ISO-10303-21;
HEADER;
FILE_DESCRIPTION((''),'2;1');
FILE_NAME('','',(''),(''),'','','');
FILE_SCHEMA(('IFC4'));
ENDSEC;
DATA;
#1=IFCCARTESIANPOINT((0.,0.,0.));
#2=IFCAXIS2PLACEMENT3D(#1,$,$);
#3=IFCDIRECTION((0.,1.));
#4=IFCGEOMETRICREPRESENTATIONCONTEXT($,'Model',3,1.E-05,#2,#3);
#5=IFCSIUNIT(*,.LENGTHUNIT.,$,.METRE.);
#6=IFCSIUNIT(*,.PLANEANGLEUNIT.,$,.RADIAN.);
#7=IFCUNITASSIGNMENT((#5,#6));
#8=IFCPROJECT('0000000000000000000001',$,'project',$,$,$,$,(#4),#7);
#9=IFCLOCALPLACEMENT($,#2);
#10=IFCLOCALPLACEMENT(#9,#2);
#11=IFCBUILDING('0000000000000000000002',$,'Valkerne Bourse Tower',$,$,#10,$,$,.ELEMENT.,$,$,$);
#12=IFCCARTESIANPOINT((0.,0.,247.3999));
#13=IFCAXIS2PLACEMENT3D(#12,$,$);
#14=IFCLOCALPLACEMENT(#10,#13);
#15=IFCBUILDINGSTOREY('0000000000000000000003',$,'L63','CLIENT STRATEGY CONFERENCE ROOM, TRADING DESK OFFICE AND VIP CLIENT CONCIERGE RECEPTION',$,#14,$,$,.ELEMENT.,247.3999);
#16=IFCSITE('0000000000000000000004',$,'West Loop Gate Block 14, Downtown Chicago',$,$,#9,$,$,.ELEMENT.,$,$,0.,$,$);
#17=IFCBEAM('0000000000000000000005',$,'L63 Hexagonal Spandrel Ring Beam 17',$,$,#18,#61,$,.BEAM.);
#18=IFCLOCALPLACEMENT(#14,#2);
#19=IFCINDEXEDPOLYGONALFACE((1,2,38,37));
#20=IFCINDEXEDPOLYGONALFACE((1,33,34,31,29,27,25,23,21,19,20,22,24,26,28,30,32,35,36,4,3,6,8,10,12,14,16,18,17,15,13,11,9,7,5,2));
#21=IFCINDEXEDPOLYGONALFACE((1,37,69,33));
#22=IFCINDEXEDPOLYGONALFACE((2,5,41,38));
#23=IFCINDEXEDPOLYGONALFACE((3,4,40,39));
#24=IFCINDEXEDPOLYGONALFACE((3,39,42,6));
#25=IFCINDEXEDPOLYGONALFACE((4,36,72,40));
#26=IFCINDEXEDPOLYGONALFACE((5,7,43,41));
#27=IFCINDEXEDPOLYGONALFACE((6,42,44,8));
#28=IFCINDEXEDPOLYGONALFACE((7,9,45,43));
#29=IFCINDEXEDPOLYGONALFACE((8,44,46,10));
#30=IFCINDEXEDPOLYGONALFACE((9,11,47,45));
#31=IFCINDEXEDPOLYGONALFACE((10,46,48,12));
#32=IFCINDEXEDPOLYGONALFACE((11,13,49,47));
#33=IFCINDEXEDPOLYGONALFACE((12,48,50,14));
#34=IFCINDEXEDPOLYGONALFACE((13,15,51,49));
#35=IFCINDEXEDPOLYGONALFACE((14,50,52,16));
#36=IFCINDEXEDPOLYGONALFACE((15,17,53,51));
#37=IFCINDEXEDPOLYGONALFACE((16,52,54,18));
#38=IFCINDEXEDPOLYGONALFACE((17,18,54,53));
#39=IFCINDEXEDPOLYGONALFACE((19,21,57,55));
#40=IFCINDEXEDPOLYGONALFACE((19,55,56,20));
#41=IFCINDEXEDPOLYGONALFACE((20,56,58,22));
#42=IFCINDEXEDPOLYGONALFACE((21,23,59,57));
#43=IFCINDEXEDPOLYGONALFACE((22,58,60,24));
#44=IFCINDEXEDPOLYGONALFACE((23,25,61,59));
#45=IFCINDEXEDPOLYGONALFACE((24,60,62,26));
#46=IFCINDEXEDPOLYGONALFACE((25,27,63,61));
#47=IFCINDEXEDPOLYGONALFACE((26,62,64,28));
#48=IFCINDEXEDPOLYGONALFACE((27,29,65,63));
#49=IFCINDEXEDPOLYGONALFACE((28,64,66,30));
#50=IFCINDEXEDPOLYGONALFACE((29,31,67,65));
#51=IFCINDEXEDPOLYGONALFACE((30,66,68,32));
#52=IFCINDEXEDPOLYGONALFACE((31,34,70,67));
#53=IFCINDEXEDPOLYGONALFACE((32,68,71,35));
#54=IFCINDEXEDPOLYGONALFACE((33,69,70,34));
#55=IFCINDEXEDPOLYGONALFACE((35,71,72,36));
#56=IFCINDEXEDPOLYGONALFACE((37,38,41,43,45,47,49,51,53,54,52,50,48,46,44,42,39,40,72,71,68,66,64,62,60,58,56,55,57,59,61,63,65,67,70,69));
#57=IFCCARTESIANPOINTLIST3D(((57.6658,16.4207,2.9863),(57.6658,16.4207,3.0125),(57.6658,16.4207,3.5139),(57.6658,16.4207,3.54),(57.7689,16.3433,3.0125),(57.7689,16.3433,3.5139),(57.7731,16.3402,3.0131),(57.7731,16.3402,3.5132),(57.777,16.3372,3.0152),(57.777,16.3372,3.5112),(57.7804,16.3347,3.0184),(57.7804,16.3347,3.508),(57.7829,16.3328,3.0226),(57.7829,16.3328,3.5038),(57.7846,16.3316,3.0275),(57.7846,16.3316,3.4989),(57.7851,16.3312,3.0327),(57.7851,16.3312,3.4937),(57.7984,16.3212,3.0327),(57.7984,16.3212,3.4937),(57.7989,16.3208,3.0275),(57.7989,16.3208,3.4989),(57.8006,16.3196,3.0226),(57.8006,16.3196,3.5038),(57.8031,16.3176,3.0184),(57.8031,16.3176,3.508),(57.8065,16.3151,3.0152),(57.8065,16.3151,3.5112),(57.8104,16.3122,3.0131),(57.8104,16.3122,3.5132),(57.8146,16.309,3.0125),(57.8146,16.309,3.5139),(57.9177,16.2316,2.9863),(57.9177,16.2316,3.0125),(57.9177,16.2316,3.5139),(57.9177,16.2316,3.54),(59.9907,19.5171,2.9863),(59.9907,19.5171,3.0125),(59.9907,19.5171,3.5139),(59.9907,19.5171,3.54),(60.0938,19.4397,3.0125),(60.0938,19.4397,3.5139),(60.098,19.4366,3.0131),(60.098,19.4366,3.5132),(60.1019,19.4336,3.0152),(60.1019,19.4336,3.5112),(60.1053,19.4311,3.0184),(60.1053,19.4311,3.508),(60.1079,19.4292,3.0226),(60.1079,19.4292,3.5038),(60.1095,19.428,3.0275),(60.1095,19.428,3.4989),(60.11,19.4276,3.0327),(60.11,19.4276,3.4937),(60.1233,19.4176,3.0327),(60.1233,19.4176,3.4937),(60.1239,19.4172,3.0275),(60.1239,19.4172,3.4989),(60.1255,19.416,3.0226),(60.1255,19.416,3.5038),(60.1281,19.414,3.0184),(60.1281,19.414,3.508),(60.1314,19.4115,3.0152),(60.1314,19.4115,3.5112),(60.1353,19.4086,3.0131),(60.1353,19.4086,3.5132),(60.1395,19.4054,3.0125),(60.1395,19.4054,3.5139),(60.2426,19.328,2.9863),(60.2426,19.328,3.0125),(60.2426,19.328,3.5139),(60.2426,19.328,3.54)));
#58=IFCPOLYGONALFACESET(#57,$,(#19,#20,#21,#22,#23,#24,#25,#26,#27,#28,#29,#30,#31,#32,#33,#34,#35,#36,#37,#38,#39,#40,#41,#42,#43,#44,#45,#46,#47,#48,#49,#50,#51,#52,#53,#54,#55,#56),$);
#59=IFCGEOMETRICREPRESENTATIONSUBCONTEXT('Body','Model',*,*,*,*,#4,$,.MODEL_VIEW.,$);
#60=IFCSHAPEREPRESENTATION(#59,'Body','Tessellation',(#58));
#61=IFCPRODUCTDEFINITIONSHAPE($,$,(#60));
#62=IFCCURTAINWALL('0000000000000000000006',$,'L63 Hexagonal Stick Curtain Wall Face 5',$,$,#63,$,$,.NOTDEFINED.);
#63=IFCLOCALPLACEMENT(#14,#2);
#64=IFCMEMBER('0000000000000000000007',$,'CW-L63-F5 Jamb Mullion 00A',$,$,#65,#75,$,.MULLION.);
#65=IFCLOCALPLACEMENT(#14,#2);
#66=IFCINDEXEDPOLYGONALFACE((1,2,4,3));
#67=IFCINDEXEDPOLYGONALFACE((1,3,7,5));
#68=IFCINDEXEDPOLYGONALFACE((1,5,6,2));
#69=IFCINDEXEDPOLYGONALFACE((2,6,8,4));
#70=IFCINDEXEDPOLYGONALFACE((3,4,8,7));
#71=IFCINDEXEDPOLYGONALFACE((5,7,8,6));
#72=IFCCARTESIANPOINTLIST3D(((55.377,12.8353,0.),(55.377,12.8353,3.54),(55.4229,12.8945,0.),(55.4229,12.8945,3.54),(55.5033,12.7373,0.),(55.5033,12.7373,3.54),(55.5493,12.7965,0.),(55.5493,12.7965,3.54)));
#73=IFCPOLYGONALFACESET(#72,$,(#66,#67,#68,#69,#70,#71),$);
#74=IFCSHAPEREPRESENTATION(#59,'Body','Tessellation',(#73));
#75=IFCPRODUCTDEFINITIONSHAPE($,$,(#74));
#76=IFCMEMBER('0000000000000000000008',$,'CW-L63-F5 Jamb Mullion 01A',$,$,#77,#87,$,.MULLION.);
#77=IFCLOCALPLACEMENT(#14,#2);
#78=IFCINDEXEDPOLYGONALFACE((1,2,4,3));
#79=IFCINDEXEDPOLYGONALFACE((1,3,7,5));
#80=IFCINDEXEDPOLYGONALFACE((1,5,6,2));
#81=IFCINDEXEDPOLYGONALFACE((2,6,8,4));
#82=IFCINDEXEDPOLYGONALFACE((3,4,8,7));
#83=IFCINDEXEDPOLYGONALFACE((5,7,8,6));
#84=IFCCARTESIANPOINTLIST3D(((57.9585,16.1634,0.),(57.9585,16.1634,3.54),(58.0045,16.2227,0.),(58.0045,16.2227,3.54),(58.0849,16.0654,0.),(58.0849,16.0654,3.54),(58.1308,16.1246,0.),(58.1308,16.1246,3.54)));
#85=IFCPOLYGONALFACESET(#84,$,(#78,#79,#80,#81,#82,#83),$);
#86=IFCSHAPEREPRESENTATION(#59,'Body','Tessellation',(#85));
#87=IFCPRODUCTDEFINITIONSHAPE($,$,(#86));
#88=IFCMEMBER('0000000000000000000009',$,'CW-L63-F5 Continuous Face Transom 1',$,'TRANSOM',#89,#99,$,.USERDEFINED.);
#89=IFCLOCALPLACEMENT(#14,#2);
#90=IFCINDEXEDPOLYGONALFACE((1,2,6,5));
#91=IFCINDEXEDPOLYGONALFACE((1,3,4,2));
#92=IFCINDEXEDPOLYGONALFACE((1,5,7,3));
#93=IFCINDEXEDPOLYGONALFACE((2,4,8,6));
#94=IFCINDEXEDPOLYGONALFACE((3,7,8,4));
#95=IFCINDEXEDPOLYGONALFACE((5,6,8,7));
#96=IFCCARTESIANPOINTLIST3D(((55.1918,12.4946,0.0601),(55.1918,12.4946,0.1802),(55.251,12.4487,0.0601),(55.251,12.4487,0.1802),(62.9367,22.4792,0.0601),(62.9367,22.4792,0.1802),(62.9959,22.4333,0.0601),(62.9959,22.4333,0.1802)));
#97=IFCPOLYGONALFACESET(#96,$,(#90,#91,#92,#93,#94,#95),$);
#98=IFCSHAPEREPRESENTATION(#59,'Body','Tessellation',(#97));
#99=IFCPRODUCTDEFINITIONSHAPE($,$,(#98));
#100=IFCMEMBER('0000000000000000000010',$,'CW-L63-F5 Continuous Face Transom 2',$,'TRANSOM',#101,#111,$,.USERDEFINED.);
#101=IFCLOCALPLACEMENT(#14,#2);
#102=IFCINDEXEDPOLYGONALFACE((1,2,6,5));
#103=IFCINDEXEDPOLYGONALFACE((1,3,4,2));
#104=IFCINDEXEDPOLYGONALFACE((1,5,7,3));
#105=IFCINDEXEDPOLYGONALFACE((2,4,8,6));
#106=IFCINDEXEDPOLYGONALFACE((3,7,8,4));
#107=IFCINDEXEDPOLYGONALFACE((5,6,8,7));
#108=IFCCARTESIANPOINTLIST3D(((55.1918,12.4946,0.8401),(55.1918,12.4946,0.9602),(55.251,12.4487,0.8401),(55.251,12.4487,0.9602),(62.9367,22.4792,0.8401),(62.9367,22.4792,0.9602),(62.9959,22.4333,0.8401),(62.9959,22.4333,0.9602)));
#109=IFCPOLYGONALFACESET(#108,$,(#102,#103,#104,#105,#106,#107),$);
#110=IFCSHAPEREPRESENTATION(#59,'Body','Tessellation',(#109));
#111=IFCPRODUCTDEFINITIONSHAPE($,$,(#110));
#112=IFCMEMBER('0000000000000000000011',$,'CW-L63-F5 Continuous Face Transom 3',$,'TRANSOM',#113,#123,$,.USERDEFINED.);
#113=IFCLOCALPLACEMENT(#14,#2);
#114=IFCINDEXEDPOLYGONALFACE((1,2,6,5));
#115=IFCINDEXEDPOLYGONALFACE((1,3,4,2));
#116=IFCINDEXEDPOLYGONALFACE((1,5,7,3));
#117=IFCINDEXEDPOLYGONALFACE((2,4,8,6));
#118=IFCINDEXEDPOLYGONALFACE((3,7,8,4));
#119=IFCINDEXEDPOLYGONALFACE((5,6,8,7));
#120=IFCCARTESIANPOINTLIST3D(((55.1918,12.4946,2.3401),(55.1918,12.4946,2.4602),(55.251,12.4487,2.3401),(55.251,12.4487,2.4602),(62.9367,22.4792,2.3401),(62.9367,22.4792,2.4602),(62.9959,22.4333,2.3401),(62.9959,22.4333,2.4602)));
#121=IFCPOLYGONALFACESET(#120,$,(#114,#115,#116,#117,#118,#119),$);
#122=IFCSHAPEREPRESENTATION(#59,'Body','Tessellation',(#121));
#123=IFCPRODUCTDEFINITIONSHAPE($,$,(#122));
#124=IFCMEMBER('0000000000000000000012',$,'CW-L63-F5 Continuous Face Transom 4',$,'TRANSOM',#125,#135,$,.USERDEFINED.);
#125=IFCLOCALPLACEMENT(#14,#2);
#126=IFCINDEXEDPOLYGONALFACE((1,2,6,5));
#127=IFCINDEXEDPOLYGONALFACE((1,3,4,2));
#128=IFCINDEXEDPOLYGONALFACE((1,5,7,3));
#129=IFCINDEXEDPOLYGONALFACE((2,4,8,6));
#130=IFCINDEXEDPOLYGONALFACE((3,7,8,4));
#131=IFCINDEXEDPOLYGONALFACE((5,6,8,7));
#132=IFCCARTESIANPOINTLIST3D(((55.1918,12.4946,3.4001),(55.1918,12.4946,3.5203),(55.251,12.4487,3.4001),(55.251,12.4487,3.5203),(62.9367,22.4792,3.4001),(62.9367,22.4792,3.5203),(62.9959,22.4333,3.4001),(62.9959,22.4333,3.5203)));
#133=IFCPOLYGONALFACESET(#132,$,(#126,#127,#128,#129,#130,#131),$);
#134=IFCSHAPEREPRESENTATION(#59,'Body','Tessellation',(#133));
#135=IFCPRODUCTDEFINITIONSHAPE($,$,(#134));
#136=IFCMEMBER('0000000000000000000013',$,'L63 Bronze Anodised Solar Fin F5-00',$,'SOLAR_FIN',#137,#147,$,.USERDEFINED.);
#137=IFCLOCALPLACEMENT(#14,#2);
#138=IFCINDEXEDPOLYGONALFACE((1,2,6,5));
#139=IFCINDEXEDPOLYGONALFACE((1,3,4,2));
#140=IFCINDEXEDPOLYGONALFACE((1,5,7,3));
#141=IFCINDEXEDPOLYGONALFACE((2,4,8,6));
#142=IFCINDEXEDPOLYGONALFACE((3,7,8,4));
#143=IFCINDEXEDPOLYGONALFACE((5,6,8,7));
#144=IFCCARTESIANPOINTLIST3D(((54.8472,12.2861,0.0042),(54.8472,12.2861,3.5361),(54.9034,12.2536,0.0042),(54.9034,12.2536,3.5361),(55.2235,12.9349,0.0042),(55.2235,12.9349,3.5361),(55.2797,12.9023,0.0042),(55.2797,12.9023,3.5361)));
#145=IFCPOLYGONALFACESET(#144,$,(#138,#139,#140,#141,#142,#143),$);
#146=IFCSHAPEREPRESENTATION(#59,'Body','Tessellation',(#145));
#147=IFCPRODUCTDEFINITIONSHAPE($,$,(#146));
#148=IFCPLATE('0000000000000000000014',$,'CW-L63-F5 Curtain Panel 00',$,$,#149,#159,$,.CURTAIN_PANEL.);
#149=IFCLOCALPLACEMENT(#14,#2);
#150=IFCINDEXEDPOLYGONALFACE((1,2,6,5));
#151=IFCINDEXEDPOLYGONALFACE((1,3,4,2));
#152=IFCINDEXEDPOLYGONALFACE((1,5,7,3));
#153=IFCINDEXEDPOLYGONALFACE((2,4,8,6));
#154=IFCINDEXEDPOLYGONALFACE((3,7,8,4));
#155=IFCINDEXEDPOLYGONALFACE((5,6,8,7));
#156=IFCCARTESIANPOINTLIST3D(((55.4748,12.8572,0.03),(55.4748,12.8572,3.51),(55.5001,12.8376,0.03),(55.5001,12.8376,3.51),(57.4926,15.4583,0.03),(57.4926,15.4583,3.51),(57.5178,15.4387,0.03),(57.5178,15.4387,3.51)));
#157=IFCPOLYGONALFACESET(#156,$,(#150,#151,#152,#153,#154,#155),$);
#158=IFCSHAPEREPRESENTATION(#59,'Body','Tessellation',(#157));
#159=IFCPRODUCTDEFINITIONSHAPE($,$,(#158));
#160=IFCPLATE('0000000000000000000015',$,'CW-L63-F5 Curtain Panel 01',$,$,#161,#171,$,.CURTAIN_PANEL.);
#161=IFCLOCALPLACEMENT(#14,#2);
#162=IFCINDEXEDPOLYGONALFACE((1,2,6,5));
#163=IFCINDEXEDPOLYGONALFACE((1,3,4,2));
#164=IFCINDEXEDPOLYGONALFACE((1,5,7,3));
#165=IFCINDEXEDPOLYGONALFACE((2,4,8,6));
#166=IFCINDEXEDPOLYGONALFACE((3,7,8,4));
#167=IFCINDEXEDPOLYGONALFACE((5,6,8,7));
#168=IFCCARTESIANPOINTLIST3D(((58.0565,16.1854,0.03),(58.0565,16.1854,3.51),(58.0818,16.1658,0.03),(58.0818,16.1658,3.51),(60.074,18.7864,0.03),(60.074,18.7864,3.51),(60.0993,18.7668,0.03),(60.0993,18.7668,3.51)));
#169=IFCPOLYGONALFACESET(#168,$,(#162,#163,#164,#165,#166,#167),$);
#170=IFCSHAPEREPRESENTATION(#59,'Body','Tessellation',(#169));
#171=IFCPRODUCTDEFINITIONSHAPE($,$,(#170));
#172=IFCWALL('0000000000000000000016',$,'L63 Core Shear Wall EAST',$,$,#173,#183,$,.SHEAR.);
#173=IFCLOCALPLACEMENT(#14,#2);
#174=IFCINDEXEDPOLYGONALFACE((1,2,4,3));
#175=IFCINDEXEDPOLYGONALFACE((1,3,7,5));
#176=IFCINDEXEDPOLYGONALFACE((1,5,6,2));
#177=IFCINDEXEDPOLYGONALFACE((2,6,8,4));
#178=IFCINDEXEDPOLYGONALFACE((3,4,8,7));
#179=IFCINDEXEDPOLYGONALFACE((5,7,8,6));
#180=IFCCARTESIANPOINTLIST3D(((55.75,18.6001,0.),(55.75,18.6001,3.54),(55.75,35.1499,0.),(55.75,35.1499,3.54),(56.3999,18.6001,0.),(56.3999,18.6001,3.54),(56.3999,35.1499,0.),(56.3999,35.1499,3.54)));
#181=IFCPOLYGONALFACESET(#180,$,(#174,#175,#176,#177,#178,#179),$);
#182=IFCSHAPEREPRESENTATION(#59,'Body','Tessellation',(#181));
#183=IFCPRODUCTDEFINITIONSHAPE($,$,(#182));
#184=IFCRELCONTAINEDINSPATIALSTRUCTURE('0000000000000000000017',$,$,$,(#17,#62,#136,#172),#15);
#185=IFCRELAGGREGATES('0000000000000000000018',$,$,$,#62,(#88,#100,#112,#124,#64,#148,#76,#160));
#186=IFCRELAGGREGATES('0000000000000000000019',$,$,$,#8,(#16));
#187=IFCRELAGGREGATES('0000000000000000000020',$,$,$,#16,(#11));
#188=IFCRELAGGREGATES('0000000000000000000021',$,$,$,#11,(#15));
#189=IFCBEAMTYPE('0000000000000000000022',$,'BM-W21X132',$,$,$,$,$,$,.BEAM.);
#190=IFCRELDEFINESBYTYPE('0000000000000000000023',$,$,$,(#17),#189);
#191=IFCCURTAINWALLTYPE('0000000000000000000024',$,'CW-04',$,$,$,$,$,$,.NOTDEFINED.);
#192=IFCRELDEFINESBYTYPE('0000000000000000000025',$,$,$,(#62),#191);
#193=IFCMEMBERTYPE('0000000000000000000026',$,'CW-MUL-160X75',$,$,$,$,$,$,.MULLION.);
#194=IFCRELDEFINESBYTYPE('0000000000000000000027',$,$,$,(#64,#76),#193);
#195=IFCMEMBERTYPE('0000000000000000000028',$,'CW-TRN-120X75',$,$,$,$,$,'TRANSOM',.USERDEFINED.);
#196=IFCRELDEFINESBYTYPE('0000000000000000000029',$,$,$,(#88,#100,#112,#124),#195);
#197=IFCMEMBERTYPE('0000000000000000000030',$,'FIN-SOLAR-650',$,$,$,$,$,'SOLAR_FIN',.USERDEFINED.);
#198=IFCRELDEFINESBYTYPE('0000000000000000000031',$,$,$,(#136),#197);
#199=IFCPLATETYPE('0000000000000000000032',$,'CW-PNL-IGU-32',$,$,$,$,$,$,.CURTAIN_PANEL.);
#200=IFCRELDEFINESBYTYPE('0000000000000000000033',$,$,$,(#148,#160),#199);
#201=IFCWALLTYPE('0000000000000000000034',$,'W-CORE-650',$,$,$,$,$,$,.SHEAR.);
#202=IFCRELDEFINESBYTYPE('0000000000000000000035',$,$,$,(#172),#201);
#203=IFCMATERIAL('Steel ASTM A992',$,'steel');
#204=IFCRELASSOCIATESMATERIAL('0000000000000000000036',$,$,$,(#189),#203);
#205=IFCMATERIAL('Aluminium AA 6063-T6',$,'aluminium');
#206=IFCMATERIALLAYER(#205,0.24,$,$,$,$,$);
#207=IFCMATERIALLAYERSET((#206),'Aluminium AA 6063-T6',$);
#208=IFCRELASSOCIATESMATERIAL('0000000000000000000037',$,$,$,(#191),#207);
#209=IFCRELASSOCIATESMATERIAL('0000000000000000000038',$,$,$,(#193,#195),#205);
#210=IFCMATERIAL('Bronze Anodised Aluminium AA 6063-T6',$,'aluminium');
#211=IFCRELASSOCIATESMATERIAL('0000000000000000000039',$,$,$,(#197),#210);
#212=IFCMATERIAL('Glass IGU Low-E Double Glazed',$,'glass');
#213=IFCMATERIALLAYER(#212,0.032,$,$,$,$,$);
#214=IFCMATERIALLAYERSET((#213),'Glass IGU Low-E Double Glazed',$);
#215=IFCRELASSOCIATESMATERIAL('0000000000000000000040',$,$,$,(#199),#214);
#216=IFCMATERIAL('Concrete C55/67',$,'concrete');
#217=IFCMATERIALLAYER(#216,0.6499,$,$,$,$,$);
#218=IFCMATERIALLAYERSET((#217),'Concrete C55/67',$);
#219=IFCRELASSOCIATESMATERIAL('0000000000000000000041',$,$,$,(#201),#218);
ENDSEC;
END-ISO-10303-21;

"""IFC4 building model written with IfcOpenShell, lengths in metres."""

from ifc_helpers import new_model, si_unit, direction, frame, frame_2d, origin, origin_2d, place, context, subcontext, project, spatial, rectangle, i_section, extrude, material, layer, layer_set, material_profile, profile_set, type_object, element, aggregate, save


model = new_model("IFC4")

# Units and contexts
model_context = context("Model", 3, precision=1e-05, world=origin(), true_north=direction((0.0, 1.0)))
body_context = subcontext(model_context, "Body", "Model", "MODEL_VIEW")
ifc_project = project(units=[si_unit("LENGTHUNIT", "METRE"), si_unit("PLANEANGLEUNIT", "RADIAN")], contexts=[model_context])

# Site, building, storey
site_placement = place(None, origin())
site = spatial("IfcSite", under=ifc_project, at=site_placement, Name="West Loop Gate Block 14, Downtown Chicago", CompositionType="ELEMENT", RefElevation=0.0)
building_placement = place(site_placement, origin())
building = spatial("IfcBuilding", under=site, at=building_placement, Name="Valkerne Bourse Tower", CompositionType="ELEMENT")
storey_placement = place(building_placement, frame((0.0, 0.0, 247.3999)))
storey = spatial("IfcBuildingStorey", under=building, at=storey_placement, Name="L63", Description="CLIENT STRATEGY CONFERENCE ROOM, TRADING DESK OFFICE AND VIP CLIENT CONCIERGE RECEPTION", CompositionType="ELEMENT", Elevation=247.3999)

# Beam
ifc_material_1 = material(Name="Steel ASTM A992", Category="steel")
ifc_material_profile_1 = material_profile(ifc_material_1, i_section(OverallWidth=0.3149, OverallDepth=0.5537, WebThickness=0.0166, FlangeThickness=0.0261, FilletRadius=0.0203, at=origin_2d()), Name="W21X132")
ifc_profile_set_1 = profile_set([ifc_material_profile_1], Name="Steel ASTM A992")
beam_type = type_object("IfcBeamType", Name="BM-W21X132", PredefinedType="BEAM", material=ifc_profile_set_1)
beam_1_placement = place(storey_placement, frame((57.7917, 16.3262, 3.2632), z_axis=(0.600434, 0.799675, 0.0), x_axis=(-0.799675, 0.600434, 0.0)))
element("IfcBeam", 1, at=beam_1_placement, inside=storey, type_object=beam_type, Name="L63 Hexagonal Spandrel Ring Beam 17", PredefinedType="BEAM", context=body_context, shape_type="SweptSolid", body=[
    extrude(i_section(OverallWidth=0.3149, OverallDepth=0.5537, WebThickness=0.0166, FlangeThickness=0.0261, FilletRadius=0.0203, at=origin_2d()), origin(), (0.0, 0.0, 1.0), 3.8721),
])

# Curtain wall, members
ifc_material_2 = material(Name="Aluminium AA 6063-T6", Category="aluminium")
ifc_layer_1 = layer(ifc_material_2, 0.24)
ifc_layer_set_1 = layer_set([ifc_layer_1], Name="Aluminium AA 6063-T6")
curtain_wall_type = type_object("IfcCurtainWallType", Name="CW-04", PredefinedType="NOTDEFINED", material=ifc_layer_set_1)
curtain_wall_placement = place(storey_placement, origin())
curtain_wall = element("IfcCurtainWall", 2, at=curtain_wall_placement, inside=storey, type_object=curtain_wall_type, Name="L63 Hexagonal Stick Curtain Wall Face 5", PredefinedType="NOTDEFINED")
ifc_material_profile_2 = material_profile(ifc_material_2, rectangle(XDim=0.075, YDim=0.1599, at=origin_2d()), Name="CWM-75X160")
ifc_profile_set_2 = profile_set([ifc_material_profile_2], Name="Aluminium AA 6063-T6")
member_type_1 = type_object("IfcMemberType", Name="CW-MUL-160X75", PredefinedType="MULLION", material=ifc_profile_set_2)
member_1_placement = place(storey_placement, frame((55.4631, 12.8159, 0.0), z_axis=(0.0, 0.0, 1.0), x_axis=(0.612916, 0.790148, 0.0)))
member_1 = element("IfcMember", 3, at=member_1_placement, type_object=member_type_1, Name="CW-L63-F5 Jamb Mullion 00A", PredefinedType="MULLION", context=body_context, shape_type="SweptSolid", body=[
    extrude(rectangle(XDim=0.075, YDim=0.1599, at=origin_2d()), origin(), (0.0, 0.0, 1.0), 3.54),
])
member_2_placement = place(storey_placement, frame((58.0447, 16.144, 0.0), z_axis=(0.0, 0.0, 1.0), x_axis=(0.612901, 0.790159, 0.0)))
member_2 = element("IfcMember", 4, at=member_2_placement, type_object=member_type_1, Name="CW-L63-F5 Jamb Mullion 01A", PredefinedType="MULLION", context=body_context, shape_type="SweptSolid", body=[
    extrude(rectangle(XDim=0.075, YDim=0.1599, at=origin_2d()), origin(), (0.0, 0.0, 1.0), 3.54),
])
ifc_material_profile_3 = material_profile(ifc_material_2, rectangle(XDim=0.075, YDim=0.1201, at=origin_2d()), Name="CWT-75X120")
ifc_profile_set_3 = profile_set([ifc_material_profile_3], Name="Aluminium AA 6063-T6")
member_type_2 = type_object("IfcMemberType", Name="CW-TRN-120X75", ElementType="TRANSOM", PredefinedType="USERDEFINED", material=ifc_profile_set_3)
member_3_placement = place(storey_placement, frame((55.2214, 12.4717, 0.1201), z_axis=(0.612907, 0.790155, 0.0), x_axis=(-0.790155, 0.612907, 0.0)))
member_3 = element("IfcMember", 5, at=member_3_placement, type_object=member_type_2, Name="CW-L63-F5 Continuous Face Transom 1", ObjectType="TRANSOM", PredefinedType="USERDEFINED", context=body_context, shape_type="SweptSolid", body=[
    extrude(rectangle(XDim=0.075, YDim=0.1201, at=origin_2d()), origin(), (0.0, 0.0, 1.0), 12.6362),
])
member_4_placement = place(storey_placement, frame((55.2214, 12.4717, 0.9001), z_axis=(0.612907, 0.790155, 0.0), x_axis=(-0.790155, 0.612907, 0.0)))
member_4 = element("IfcMember", 6, at=member_4_placement, type_object=member_type_2, Name="CW-L63-F5 Continuous Face Transom 2", ObjectType="TRANSOM", PredefinedType="USERDEFINED", context=body_context, shape_type="SweptSolid", body=[
    extrude(rectangle(XDim=0.075, YDim=0.1201, at=origin_2d()), origin(), (0.0, 0.0, 1.0), 12.6362),
])
member_5_placement = place(storey_placement, frame((55.2214, 12.4717, 2.4001), z_axis=(0.612907, 0.790155, 0.0), x_axis=(-0.790155, 0.612907, 0.0)))
member_5 = element("IfcMember", 7, at=member_5_placement, type_object=member_type_2, Name="CW-L63-F5 Continuous Face Transom 3", ObjectType="TRANSOM", PredefinedType="USERDEFINED", context=body_context, shape_type="SweptSolid", body=[
    extrude(rectangle(XDim=0.075, YDim=0.1201, at=origin_2d()), origin(), (0.0, 0.0, 1.0), 12.6362),
])
member_6_placement = place(storey_placement, frame((55.2214, 12.4717, 3.4602), z_axis=(0.612907, 0.790155, 0.0), x_axis=(-0.790155, 0.612907, 0.0)))
member_6 = element("IfcMember", 8, at=member_6_placement, type_object=member_type_2, Name="CW-L63-F5 Continuous Face Transom 4", ObjectType="TRANSOM", PredefinedType="USERDEFINED", context=body_context, shape_type="SweptSolid", body=[
    extrude(rectangle(XDim=0.075, YDim=0.1201, at=origin_2d()), origin(), (0.0, 0.0, 1.0), 12.6362),
])

# Member
ifc_material_3 = material(Name="Bronze Anodised Aluminium AA 6063-T6", Category="aluminium")
ifc_material_profile_4 = material_profile(ifc_material_3, rectangle(XDim=0.0649, YDim=0.75, at=origin_2d()), Name="FIN-65X750")
ifc_profile_set_4 = profile_set([ifc_material_profile_4], Name="Bronze Anodised Aluminium AA 6063-T6")
member_type_3 = type_object("IfcMemberType", Name="FIN-SOLAR-650", ElementType="SOLAR_FIN", PredefinedType="USERDEFINED", material=ifc_profile_set_4)
member_7_placement = place(storey_placement, frame((55.0635, 12.5942, 0.0042), z_axis=(0.0, 0.0, 1.0), x_axis=(0.865027, -0.501725, 0.0)))
element("IfcMember", 9, at=member_7_placement, inside=storey, type_object=member_type_3, Name="L63 Bronze Anodised Solar Fin F5-00", ObjectType="SOLAR_FIN", PredefinedType="USERDEFINED", context=body_context, shape_type="SweptSolid", body=[
    extrude(rectangle(XDim=0.0649, YDim=0.75, at=origin_2d()), origin(), (0.0, 0.0, 1.0), 3.532),
])

# Plates
ifc_material_4 = material(Name="Glass IGU Low-E Double Glazed", Category="glass")
ifc_layer_2 = layer(ifc_material_4, 0.032)
ifc_layer_set_2 = layer_set([ifc_layer_2], Name="Glass IGU Low-E Double Glazed")
plate_type = type_object("IfcPlateType", Name="CW-PNL-IGU-32", PredefinedType="CURTAIN_PANEL", material=ifc_layer_set_2)
plate_1_placement = place(storey_placement, frame((56.4963, 14.1479, 0.03), z_axis=(0.0, 0.0, 1.0), x_axis=(0.612916, 0.790148, 0.0)))
plate_1 = element("IfcPlate", 10, at=plate_1_placement, type_object=plate_type, Name="CW-L63-F5 Curtain Panel 00", PredefinedType="CURTAIN_PANEL", context=body_context, shape_type="SweptSolid", body=[
    extrude(rectangle(XDim=3.292, YDim=0.032, at=origin_2d()), origin(), (0.0, 0.0, 1.0), 3.48),
])
plate_2_placement = place(storey_placement, frame((59.0779, 17.4761, 0.03), z_axis=(0.0, 0.0, 1.0), x_axis=(0.612901, 0.790159, 0.0)))
plate_2 = element("IfcPlate", 11, at=plate_2_placement, type_object=plate_type, Name="CW-L63-F5 Curtain Panel 01", PredefinedType="CURTAIN_PANEL", context=body_context, shape_type="SweptSolid", body=[
    extrude(rectangle(XDim=3.2917, YDim=0.032, at=origin_2d()), origin(), (0.0, 0.0, 1.0), 3.48),
])
aggregate(curtain_wall, [member_3, member_4, member_5, member_6, member_1, plate_1, member_2, plate_2])

# Wall
ifc_material_5 = material(Name="Concrete C55/67", Category="concrete")
ifc_layer_3 = layer(ifc_material_5, 0.6499)
ifc_layer_set_3 = layer_set([ifc_layer_3], Name="Concrete C55/67")
wall_type_1 = type_object("IfcWallType", Name="W-CORE-650", PredefinedType="SHEAR", material=ifc_layer_set_3)
wall_1_placement = place(storey_placement, frame((56.075, 18.6001, 0.0), z_axis=(0.0, 0.0, 1.0), x_axis=(0.0, 1.0, 0.0)))
element("IfcWall", 12, at=wall_1_placement, inside=storey, type_object=wall_type_1, Name="L63 Core Shear Wall EAST", PredefinedType="SHEAR", context=body_context, shape_type="SweptSolid", body=[
    extrude(rectangle(XDim=16.5498, YDim=0.6499, at=frame_2d((8.2749, 0.0))), origin(), (0.0, 0.0, 1.0), 3.54),
])

save(model, "model.ifc")
